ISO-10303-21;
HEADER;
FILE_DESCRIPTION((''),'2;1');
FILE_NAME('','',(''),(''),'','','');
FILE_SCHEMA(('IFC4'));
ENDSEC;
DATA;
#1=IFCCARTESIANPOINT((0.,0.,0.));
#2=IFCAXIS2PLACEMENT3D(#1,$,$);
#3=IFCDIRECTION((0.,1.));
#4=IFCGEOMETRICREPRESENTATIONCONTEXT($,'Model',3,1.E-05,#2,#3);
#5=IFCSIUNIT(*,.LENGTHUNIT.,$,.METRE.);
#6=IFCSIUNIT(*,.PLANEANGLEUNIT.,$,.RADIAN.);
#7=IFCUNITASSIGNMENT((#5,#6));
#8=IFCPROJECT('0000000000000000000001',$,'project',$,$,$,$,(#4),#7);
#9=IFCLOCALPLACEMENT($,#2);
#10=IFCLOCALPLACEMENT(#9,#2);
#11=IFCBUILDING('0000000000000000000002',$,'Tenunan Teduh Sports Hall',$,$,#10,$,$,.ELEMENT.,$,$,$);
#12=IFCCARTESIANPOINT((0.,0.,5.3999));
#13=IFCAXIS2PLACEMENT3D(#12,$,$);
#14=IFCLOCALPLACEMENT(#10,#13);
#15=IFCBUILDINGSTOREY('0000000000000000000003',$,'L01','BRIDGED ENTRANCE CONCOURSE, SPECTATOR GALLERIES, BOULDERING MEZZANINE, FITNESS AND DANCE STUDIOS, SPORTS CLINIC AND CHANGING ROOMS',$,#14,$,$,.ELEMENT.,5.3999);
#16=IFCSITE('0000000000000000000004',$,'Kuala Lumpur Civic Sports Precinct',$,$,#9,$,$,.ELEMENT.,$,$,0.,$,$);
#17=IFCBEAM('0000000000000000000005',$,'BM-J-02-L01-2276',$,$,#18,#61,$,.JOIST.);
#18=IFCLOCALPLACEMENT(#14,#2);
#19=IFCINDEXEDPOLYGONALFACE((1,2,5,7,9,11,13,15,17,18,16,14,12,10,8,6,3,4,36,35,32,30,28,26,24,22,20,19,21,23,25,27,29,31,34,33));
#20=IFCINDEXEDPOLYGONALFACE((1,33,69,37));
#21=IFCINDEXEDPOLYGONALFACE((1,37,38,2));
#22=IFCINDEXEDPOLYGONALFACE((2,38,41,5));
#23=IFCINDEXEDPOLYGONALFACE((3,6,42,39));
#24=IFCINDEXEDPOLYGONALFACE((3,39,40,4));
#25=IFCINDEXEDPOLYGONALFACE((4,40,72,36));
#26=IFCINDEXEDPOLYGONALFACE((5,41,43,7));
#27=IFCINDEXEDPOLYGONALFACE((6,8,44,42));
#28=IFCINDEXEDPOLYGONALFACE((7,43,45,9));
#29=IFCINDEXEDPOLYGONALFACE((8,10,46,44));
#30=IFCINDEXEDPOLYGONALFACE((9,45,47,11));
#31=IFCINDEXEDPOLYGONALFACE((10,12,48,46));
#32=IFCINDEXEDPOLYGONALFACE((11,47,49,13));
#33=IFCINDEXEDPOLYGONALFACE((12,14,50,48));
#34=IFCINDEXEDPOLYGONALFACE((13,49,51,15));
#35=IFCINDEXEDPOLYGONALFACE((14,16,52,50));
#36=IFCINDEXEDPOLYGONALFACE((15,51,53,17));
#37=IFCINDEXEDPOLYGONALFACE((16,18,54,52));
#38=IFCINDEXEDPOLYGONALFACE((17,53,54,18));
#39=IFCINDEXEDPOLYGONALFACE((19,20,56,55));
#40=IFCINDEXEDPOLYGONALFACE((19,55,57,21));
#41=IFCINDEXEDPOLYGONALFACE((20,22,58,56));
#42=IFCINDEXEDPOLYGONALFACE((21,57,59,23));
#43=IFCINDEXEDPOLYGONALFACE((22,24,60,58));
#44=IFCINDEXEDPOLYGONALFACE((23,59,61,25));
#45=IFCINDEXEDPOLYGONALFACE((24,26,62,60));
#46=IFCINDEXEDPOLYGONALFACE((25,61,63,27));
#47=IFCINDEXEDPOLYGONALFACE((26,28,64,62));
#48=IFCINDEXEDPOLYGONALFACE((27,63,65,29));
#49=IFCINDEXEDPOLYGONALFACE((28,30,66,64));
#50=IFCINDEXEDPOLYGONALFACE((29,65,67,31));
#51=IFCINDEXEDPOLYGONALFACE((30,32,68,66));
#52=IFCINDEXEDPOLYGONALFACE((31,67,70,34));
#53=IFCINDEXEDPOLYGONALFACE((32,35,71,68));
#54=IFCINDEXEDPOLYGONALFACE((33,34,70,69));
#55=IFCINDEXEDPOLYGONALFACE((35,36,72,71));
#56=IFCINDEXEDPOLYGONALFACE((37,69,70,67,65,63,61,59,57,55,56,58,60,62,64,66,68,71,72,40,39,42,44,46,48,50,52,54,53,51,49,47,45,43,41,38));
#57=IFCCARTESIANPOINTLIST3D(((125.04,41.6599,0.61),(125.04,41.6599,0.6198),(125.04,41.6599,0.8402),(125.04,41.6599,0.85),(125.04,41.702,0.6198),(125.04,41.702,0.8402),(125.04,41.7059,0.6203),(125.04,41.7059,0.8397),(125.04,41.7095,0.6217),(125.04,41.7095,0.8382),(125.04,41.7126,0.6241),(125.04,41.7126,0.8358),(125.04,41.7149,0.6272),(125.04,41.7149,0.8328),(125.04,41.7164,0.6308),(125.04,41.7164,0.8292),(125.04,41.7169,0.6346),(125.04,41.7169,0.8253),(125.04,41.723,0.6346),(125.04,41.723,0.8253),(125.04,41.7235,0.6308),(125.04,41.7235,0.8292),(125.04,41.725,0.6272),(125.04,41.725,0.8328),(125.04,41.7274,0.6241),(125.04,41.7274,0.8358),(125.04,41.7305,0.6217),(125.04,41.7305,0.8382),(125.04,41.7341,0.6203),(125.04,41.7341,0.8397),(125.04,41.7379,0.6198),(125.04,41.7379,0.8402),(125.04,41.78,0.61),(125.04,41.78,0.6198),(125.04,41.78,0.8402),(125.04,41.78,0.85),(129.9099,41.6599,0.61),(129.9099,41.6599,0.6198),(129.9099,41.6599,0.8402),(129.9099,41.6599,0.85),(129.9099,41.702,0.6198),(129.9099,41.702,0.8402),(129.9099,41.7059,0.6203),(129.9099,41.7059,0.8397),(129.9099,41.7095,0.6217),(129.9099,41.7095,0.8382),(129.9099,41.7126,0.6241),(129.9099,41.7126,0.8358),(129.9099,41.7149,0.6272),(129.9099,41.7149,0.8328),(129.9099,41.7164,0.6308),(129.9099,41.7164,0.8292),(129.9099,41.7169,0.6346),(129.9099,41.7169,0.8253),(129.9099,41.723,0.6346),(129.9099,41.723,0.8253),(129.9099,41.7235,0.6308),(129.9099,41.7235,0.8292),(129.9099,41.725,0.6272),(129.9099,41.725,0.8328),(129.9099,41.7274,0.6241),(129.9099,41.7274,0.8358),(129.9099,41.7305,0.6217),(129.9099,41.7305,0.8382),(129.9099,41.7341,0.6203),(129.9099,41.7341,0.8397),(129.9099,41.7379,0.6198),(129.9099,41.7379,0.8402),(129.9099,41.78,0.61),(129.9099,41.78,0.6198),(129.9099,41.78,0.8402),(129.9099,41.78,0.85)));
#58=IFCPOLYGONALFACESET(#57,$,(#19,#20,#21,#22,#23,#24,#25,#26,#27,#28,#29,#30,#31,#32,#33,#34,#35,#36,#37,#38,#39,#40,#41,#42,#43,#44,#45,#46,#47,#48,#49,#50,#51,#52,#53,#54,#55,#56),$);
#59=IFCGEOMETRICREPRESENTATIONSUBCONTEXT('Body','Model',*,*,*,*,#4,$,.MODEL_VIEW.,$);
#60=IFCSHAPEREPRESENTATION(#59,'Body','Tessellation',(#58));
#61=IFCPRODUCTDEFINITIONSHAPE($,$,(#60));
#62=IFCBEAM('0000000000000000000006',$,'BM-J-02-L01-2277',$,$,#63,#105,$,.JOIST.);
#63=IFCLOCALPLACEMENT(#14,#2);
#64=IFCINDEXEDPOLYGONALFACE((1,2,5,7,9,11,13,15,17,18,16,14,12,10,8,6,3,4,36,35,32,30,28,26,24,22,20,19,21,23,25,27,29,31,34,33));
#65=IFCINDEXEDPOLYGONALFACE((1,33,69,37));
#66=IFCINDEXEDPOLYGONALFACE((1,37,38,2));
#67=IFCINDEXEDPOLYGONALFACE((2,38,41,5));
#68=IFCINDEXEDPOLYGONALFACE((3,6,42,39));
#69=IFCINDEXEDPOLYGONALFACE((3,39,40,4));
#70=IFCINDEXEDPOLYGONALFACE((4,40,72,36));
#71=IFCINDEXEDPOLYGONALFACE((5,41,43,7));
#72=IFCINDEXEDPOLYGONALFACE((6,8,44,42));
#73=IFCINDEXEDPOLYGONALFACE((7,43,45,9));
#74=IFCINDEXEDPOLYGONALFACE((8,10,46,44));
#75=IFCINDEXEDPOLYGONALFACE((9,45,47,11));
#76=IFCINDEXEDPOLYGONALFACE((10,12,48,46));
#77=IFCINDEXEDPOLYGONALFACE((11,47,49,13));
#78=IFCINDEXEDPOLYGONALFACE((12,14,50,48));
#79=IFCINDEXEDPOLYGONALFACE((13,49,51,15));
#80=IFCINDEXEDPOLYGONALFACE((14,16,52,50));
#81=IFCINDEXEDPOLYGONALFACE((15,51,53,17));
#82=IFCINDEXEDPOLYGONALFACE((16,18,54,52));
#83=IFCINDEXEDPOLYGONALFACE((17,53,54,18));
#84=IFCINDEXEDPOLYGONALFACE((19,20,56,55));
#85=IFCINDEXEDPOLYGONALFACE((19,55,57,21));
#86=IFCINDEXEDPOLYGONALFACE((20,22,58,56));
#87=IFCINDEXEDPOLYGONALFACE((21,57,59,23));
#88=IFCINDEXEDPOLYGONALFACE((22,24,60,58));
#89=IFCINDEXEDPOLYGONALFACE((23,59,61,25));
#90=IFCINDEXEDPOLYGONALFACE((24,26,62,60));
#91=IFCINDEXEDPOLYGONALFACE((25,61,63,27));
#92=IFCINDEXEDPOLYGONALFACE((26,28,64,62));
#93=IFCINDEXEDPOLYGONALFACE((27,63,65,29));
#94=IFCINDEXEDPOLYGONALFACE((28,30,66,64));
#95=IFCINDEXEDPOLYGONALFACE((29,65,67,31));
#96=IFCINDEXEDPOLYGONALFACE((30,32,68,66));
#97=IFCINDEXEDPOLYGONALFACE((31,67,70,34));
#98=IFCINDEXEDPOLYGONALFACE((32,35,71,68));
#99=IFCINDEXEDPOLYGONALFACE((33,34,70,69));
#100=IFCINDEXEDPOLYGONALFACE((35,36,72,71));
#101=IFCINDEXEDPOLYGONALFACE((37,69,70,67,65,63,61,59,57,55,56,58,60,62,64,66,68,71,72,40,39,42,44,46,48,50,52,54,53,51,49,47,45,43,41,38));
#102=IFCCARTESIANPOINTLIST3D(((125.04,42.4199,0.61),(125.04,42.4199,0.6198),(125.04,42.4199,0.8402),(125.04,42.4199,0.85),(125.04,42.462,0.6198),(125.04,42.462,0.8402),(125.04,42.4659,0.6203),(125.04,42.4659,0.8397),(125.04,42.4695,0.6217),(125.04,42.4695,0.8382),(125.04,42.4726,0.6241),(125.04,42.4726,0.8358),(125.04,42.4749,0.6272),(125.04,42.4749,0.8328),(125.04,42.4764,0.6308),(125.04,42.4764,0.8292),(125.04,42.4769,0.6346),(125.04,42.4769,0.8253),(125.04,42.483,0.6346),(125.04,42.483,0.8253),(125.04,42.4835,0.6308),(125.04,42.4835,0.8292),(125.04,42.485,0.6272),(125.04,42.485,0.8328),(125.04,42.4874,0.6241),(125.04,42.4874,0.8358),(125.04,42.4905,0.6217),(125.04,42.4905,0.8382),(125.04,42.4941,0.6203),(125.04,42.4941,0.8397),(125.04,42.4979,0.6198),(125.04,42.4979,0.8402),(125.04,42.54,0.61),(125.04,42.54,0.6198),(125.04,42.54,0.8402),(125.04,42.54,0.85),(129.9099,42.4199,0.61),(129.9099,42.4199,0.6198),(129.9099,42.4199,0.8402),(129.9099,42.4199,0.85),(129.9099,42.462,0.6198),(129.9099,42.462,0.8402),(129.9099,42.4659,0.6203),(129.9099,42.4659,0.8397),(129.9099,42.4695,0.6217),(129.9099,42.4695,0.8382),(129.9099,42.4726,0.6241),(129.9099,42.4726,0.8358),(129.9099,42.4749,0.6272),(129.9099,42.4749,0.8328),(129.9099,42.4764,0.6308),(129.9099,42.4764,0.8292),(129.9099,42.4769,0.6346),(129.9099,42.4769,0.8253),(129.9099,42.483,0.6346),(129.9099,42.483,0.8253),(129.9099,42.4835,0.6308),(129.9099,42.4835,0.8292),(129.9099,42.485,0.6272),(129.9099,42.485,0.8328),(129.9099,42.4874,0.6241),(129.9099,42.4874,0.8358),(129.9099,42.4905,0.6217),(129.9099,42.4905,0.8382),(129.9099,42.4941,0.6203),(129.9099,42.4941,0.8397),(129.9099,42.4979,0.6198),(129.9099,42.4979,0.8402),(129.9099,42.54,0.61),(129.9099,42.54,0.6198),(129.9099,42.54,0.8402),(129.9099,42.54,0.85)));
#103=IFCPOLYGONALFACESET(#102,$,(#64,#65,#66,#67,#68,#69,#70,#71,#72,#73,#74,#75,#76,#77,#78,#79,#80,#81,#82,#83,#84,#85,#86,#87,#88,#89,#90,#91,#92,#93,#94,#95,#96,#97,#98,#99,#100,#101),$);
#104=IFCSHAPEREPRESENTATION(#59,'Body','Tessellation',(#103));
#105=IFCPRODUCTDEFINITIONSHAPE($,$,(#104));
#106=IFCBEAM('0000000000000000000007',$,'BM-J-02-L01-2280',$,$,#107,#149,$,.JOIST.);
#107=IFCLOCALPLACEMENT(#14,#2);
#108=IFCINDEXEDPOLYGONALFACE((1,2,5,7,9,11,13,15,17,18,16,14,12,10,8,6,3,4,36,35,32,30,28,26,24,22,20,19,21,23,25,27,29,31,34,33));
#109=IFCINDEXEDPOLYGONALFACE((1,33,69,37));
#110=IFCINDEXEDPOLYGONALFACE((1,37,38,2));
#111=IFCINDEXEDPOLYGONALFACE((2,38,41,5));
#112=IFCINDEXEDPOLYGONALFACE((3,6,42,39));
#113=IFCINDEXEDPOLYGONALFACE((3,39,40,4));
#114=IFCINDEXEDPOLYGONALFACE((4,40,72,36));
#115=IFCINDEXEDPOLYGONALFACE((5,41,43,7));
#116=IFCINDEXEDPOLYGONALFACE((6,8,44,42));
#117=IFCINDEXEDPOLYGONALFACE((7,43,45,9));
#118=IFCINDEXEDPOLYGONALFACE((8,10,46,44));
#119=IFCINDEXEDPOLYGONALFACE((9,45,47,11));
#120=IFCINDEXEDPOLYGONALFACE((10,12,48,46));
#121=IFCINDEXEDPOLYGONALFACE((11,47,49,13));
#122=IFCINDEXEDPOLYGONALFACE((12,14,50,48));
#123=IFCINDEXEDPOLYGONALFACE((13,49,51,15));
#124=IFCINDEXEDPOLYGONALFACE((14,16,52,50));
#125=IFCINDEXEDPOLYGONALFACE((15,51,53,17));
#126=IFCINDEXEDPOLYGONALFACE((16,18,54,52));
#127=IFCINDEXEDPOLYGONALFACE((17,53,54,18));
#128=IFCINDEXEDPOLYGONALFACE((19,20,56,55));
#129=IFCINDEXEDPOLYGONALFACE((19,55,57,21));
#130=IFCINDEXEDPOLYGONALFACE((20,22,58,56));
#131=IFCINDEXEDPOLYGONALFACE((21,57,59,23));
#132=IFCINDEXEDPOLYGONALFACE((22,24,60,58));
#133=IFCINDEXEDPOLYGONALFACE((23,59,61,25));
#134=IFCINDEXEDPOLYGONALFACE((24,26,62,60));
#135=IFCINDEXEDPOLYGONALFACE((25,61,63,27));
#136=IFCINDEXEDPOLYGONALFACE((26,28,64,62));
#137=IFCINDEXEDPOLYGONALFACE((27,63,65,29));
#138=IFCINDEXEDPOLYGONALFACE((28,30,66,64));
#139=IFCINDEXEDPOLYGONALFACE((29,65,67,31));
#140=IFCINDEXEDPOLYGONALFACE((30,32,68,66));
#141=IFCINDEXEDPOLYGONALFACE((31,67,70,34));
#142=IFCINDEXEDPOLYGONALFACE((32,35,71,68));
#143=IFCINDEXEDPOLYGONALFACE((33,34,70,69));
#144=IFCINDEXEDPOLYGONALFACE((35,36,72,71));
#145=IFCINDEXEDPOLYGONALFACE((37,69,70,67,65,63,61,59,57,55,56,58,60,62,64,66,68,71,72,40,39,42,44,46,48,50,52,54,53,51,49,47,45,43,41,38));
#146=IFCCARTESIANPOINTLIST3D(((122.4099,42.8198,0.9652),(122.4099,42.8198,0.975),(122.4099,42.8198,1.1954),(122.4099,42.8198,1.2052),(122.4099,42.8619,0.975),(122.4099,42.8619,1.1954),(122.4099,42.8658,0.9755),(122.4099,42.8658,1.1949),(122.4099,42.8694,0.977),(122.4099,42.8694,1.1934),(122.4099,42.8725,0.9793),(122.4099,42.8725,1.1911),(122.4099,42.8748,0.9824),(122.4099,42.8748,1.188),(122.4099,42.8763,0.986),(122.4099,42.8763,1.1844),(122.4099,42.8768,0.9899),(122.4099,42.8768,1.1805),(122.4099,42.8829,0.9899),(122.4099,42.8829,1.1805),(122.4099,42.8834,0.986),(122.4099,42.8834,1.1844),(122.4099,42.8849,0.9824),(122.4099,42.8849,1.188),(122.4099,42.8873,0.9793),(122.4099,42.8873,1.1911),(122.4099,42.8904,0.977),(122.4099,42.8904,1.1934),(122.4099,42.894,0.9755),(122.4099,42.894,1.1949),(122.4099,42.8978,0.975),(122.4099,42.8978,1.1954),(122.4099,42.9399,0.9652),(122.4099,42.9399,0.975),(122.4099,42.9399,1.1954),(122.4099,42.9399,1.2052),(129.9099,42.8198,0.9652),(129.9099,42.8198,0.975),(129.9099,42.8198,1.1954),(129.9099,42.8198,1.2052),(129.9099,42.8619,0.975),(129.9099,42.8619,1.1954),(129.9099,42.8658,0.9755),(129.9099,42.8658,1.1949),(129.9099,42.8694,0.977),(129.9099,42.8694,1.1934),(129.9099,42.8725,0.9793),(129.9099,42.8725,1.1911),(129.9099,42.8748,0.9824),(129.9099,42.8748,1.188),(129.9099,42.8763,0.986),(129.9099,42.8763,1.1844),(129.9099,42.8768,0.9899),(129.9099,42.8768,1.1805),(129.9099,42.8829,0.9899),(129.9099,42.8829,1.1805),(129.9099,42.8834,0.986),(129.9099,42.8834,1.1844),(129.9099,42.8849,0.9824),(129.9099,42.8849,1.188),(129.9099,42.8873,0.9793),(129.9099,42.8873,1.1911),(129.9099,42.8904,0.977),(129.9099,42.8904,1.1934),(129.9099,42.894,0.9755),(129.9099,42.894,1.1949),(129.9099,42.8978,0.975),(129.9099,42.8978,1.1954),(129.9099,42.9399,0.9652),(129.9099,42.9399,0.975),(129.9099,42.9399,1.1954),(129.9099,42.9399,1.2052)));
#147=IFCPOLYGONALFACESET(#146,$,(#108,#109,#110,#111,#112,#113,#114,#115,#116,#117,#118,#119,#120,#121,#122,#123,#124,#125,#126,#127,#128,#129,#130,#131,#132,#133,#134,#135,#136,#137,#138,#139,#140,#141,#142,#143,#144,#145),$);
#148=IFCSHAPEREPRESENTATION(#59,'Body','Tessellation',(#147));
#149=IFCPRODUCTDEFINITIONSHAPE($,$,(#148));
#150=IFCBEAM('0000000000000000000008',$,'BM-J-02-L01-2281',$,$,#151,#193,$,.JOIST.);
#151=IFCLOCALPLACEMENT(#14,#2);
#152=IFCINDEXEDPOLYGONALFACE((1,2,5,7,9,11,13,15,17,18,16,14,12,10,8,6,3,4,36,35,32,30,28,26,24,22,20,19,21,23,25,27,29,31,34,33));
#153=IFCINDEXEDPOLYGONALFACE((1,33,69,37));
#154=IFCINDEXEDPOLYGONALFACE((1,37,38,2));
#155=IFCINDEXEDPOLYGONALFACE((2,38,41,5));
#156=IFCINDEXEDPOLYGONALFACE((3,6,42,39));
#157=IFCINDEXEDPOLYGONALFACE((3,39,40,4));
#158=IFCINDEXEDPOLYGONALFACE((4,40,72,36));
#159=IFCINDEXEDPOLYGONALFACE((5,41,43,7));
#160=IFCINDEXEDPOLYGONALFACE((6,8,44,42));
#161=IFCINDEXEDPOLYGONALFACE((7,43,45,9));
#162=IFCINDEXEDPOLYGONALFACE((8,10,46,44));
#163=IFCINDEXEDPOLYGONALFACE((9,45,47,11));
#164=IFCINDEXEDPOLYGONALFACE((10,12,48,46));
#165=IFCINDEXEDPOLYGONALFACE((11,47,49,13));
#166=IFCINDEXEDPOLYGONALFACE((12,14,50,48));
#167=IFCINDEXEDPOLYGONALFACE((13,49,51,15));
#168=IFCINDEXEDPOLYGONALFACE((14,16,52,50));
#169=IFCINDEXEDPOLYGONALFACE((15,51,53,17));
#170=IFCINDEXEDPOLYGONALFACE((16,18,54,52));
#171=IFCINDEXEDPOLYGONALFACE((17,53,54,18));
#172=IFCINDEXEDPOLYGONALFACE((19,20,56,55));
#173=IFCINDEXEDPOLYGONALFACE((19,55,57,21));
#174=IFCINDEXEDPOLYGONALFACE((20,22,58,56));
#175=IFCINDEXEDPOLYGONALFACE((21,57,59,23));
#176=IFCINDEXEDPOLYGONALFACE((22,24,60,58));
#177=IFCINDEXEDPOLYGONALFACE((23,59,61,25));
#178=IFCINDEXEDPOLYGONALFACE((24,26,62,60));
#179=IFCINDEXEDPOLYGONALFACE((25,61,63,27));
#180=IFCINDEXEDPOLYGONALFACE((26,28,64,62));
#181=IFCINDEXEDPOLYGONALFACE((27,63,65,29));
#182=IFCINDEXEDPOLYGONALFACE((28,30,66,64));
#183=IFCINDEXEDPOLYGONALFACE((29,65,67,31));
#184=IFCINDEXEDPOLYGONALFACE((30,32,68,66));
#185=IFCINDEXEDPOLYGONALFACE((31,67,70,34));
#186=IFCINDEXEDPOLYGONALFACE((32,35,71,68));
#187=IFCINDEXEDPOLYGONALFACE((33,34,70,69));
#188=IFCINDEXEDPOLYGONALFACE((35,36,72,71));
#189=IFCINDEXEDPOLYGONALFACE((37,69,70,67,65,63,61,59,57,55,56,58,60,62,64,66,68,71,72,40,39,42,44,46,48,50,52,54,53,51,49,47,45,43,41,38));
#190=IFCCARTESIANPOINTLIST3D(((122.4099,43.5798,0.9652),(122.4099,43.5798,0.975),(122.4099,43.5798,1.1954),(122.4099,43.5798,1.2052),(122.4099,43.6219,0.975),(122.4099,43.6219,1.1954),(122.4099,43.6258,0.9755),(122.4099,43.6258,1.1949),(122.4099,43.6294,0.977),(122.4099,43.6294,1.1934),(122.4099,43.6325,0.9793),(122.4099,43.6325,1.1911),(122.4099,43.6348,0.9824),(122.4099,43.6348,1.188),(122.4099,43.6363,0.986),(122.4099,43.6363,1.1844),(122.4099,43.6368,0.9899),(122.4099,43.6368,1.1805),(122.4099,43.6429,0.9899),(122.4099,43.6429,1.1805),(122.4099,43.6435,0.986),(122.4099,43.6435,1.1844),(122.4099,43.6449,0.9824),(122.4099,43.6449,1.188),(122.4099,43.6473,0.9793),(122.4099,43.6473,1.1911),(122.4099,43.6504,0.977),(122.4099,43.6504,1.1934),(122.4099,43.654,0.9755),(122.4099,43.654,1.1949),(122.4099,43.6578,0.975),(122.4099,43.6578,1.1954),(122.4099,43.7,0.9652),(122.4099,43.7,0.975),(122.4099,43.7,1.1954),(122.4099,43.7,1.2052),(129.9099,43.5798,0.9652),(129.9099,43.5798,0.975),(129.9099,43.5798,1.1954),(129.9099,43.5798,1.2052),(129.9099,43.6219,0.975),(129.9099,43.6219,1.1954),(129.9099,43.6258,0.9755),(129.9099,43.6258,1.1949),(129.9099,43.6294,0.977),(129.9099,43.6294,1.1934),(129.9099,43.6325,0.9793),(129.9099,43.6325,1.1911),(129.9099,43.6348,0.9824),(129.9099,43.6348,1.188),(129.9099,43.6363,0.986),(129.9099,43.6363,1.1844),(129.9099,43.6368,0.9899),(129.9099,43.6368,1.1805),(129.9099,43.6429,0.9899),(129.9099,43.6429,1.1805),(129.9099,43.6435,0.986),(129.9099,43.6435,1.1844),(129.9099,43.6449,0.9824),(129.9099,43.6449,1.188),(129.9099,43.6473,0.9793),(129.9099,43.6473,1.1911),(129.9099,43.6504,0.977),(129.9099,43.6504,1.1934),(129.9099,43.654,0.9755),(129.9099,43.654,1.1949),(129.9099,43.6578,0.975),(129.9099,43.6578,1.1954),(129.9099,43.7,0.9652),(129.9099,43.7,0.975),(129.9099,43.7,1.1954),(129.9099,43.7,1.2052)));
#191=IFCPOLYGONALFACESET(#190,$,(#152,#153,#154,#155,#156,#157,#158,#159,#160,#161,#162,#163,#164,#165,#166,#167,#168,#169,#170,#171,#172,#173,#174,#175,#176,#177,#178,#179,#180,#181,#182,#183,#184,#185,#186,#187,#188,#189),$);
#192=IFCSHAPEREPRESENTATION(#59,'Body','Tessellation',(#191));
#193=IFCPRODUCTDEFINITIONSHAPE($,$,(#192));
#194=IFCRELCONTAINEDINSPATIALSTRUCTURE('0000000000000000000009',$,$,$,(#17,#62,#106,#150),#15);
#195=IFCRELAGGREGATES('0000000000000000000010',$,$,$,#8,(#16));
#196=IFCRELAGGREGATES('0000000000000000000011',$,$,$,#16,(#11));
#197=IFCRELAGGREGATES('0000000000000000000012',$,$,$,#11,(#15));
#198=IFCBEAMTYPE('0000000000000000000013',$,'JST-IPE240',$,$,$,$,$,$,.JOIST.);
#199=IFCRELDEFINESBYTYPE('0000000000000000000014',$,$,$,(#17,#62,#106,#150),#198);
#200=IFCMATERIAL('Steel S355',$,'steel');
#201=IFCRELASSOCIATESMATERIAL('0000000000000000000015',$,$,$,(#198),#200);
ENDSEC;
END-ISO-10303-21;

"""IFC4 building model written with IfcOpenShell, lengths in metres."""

from ifc_helpers import new_model, si_unit, direction, frame, origin, origin_2d, place, context, subcontext, project, spatial, i_section, extrude, material, material_profile, profile_set, type_object, element, save


model = new_model("IFC4")

# Units and contexts
model_context = context("Model", 3, precision=1e-05, world=origin(), true_north=direction((0.0, 1.0)))
body_context = subcontext(model_context, "Body", "Model", "MODEL_VIEW")
ifc_project = project(units=[si_unit("LENGTHUNIT", "METRE"), si_unit("PLANEANGLEUNIT", "RADIAN")], contexts=[model_context])

# Site, building, storey
site_placement = place(None, origin())
site = spatial("IfcSite", under=ifc_project, at=site_placement, Name="Kuala Lumpur Civic Sports Precinct", CompositionType="ELEMENT", RefElevation=0.0)
building_placement = place(site_placement, origin())
building = spatial("IfcBuilding", under=site, at=building_placement, Name="Tenunan Teduh Sports Hall", CompositionType="ELEMENT")
storey_placement = place(building_placement, frame((0.0, 0.0, 5.3999)))
storey = spatial("IfcBuildingStorey", under=building, at=storey_placement, Name="L01", Description="BRIDGED ENTRANCE CONCOURSE, SPECTATOR GALLERIES, BOULDERING MEZZANINE, FITNESS AND DANCE STUDIOS, SPORTS CLINIC AND CHANGING ROOMS", CompositionType="ELEMENT", Elevation=5.3999)

# Beams
ifc_material_1 = material(Name="Steel S355", Category="steel")
ifc_material_profile_1 = material_profile(ifc_material_1, i_section(OverallWidth=0.1201, OverallDepth=0.24, WebThickness=0.0061, FlangeThickness=0.0098, FilletRadius=0.0149, at=origin_2d()), Name="IPE 240")
ifc_profile_set_1 = profile_set([ifc_material_profile_1], Name="Steel S355")
beam_type_1 = type_object("IfcBeamType", Name="JST-IPE240", PredefinedType="JOIST", material=ifc_profile_set_1)
for number, where, z_axis, x_axis, name in (
    (1, (125.04, 41.72, 0.73), (1.0, 0.0, 0.0), (0.0, 1.0, 0.0), "BM-J-02-L01-2276"),
    (2, (125.04, 42.48, 0.73), (1.0, 0.0, 0.0), (0.0, 1.0, 0.0), "BM-J-02-L01-2277"),
):
    element("IfcBeam", number, at=place(storey_placement, frame(where, z_axis=z_axis, x_axis=x_axis)), inside=storey, type_object=beam_type_1, Name=name, PredefinedType="JOIST", context=body_context, shape_type="SweptSolid", body=[
        extrude(i_section(OverallWidth=0.1201, OverallDepth=0.24, WebThickness=0.0061, FlangeThickness=0.0098, FilletRadius=0.0149, at=origin_2d()), origin(), (0.0, 0.0, 1.0), 4.8699),
    ])
for number, where, z_axis, x_axis, name in (
    (3, (122.4099, 42.8799, 1.0852), (1.0, 0.0, 0.0), (0.0, 1.0, 0.0), "BM-J-02-L01-2280"),
    (4, (122.4099, 43.6399, 1.0852), (1.0, 0.0, 0.0), (0.0, 1.0, 0.0), "BM-J-02-L01-2281"),
):
    element("IfcBeam", number, at=place(storey_placement, frame(where, z_axis=z_axis, x_axis=x_axis)), inside=storey, type_object=beam_type_1, Name=name, PredefinedType="JOIST", context=body_context, shape_type="SweptSolid", body=[
        extrude(i_section(OverallWidth=0.1201, OverallDepth=0.24, WebThickness=0.0061, FlangeThickness=0.0098, FilletRadius=0.0149, at=origin_2d()), origin(), (0.0, 0.0, 1.0), 7.5),
    ])

save(model, "model.ifc")
